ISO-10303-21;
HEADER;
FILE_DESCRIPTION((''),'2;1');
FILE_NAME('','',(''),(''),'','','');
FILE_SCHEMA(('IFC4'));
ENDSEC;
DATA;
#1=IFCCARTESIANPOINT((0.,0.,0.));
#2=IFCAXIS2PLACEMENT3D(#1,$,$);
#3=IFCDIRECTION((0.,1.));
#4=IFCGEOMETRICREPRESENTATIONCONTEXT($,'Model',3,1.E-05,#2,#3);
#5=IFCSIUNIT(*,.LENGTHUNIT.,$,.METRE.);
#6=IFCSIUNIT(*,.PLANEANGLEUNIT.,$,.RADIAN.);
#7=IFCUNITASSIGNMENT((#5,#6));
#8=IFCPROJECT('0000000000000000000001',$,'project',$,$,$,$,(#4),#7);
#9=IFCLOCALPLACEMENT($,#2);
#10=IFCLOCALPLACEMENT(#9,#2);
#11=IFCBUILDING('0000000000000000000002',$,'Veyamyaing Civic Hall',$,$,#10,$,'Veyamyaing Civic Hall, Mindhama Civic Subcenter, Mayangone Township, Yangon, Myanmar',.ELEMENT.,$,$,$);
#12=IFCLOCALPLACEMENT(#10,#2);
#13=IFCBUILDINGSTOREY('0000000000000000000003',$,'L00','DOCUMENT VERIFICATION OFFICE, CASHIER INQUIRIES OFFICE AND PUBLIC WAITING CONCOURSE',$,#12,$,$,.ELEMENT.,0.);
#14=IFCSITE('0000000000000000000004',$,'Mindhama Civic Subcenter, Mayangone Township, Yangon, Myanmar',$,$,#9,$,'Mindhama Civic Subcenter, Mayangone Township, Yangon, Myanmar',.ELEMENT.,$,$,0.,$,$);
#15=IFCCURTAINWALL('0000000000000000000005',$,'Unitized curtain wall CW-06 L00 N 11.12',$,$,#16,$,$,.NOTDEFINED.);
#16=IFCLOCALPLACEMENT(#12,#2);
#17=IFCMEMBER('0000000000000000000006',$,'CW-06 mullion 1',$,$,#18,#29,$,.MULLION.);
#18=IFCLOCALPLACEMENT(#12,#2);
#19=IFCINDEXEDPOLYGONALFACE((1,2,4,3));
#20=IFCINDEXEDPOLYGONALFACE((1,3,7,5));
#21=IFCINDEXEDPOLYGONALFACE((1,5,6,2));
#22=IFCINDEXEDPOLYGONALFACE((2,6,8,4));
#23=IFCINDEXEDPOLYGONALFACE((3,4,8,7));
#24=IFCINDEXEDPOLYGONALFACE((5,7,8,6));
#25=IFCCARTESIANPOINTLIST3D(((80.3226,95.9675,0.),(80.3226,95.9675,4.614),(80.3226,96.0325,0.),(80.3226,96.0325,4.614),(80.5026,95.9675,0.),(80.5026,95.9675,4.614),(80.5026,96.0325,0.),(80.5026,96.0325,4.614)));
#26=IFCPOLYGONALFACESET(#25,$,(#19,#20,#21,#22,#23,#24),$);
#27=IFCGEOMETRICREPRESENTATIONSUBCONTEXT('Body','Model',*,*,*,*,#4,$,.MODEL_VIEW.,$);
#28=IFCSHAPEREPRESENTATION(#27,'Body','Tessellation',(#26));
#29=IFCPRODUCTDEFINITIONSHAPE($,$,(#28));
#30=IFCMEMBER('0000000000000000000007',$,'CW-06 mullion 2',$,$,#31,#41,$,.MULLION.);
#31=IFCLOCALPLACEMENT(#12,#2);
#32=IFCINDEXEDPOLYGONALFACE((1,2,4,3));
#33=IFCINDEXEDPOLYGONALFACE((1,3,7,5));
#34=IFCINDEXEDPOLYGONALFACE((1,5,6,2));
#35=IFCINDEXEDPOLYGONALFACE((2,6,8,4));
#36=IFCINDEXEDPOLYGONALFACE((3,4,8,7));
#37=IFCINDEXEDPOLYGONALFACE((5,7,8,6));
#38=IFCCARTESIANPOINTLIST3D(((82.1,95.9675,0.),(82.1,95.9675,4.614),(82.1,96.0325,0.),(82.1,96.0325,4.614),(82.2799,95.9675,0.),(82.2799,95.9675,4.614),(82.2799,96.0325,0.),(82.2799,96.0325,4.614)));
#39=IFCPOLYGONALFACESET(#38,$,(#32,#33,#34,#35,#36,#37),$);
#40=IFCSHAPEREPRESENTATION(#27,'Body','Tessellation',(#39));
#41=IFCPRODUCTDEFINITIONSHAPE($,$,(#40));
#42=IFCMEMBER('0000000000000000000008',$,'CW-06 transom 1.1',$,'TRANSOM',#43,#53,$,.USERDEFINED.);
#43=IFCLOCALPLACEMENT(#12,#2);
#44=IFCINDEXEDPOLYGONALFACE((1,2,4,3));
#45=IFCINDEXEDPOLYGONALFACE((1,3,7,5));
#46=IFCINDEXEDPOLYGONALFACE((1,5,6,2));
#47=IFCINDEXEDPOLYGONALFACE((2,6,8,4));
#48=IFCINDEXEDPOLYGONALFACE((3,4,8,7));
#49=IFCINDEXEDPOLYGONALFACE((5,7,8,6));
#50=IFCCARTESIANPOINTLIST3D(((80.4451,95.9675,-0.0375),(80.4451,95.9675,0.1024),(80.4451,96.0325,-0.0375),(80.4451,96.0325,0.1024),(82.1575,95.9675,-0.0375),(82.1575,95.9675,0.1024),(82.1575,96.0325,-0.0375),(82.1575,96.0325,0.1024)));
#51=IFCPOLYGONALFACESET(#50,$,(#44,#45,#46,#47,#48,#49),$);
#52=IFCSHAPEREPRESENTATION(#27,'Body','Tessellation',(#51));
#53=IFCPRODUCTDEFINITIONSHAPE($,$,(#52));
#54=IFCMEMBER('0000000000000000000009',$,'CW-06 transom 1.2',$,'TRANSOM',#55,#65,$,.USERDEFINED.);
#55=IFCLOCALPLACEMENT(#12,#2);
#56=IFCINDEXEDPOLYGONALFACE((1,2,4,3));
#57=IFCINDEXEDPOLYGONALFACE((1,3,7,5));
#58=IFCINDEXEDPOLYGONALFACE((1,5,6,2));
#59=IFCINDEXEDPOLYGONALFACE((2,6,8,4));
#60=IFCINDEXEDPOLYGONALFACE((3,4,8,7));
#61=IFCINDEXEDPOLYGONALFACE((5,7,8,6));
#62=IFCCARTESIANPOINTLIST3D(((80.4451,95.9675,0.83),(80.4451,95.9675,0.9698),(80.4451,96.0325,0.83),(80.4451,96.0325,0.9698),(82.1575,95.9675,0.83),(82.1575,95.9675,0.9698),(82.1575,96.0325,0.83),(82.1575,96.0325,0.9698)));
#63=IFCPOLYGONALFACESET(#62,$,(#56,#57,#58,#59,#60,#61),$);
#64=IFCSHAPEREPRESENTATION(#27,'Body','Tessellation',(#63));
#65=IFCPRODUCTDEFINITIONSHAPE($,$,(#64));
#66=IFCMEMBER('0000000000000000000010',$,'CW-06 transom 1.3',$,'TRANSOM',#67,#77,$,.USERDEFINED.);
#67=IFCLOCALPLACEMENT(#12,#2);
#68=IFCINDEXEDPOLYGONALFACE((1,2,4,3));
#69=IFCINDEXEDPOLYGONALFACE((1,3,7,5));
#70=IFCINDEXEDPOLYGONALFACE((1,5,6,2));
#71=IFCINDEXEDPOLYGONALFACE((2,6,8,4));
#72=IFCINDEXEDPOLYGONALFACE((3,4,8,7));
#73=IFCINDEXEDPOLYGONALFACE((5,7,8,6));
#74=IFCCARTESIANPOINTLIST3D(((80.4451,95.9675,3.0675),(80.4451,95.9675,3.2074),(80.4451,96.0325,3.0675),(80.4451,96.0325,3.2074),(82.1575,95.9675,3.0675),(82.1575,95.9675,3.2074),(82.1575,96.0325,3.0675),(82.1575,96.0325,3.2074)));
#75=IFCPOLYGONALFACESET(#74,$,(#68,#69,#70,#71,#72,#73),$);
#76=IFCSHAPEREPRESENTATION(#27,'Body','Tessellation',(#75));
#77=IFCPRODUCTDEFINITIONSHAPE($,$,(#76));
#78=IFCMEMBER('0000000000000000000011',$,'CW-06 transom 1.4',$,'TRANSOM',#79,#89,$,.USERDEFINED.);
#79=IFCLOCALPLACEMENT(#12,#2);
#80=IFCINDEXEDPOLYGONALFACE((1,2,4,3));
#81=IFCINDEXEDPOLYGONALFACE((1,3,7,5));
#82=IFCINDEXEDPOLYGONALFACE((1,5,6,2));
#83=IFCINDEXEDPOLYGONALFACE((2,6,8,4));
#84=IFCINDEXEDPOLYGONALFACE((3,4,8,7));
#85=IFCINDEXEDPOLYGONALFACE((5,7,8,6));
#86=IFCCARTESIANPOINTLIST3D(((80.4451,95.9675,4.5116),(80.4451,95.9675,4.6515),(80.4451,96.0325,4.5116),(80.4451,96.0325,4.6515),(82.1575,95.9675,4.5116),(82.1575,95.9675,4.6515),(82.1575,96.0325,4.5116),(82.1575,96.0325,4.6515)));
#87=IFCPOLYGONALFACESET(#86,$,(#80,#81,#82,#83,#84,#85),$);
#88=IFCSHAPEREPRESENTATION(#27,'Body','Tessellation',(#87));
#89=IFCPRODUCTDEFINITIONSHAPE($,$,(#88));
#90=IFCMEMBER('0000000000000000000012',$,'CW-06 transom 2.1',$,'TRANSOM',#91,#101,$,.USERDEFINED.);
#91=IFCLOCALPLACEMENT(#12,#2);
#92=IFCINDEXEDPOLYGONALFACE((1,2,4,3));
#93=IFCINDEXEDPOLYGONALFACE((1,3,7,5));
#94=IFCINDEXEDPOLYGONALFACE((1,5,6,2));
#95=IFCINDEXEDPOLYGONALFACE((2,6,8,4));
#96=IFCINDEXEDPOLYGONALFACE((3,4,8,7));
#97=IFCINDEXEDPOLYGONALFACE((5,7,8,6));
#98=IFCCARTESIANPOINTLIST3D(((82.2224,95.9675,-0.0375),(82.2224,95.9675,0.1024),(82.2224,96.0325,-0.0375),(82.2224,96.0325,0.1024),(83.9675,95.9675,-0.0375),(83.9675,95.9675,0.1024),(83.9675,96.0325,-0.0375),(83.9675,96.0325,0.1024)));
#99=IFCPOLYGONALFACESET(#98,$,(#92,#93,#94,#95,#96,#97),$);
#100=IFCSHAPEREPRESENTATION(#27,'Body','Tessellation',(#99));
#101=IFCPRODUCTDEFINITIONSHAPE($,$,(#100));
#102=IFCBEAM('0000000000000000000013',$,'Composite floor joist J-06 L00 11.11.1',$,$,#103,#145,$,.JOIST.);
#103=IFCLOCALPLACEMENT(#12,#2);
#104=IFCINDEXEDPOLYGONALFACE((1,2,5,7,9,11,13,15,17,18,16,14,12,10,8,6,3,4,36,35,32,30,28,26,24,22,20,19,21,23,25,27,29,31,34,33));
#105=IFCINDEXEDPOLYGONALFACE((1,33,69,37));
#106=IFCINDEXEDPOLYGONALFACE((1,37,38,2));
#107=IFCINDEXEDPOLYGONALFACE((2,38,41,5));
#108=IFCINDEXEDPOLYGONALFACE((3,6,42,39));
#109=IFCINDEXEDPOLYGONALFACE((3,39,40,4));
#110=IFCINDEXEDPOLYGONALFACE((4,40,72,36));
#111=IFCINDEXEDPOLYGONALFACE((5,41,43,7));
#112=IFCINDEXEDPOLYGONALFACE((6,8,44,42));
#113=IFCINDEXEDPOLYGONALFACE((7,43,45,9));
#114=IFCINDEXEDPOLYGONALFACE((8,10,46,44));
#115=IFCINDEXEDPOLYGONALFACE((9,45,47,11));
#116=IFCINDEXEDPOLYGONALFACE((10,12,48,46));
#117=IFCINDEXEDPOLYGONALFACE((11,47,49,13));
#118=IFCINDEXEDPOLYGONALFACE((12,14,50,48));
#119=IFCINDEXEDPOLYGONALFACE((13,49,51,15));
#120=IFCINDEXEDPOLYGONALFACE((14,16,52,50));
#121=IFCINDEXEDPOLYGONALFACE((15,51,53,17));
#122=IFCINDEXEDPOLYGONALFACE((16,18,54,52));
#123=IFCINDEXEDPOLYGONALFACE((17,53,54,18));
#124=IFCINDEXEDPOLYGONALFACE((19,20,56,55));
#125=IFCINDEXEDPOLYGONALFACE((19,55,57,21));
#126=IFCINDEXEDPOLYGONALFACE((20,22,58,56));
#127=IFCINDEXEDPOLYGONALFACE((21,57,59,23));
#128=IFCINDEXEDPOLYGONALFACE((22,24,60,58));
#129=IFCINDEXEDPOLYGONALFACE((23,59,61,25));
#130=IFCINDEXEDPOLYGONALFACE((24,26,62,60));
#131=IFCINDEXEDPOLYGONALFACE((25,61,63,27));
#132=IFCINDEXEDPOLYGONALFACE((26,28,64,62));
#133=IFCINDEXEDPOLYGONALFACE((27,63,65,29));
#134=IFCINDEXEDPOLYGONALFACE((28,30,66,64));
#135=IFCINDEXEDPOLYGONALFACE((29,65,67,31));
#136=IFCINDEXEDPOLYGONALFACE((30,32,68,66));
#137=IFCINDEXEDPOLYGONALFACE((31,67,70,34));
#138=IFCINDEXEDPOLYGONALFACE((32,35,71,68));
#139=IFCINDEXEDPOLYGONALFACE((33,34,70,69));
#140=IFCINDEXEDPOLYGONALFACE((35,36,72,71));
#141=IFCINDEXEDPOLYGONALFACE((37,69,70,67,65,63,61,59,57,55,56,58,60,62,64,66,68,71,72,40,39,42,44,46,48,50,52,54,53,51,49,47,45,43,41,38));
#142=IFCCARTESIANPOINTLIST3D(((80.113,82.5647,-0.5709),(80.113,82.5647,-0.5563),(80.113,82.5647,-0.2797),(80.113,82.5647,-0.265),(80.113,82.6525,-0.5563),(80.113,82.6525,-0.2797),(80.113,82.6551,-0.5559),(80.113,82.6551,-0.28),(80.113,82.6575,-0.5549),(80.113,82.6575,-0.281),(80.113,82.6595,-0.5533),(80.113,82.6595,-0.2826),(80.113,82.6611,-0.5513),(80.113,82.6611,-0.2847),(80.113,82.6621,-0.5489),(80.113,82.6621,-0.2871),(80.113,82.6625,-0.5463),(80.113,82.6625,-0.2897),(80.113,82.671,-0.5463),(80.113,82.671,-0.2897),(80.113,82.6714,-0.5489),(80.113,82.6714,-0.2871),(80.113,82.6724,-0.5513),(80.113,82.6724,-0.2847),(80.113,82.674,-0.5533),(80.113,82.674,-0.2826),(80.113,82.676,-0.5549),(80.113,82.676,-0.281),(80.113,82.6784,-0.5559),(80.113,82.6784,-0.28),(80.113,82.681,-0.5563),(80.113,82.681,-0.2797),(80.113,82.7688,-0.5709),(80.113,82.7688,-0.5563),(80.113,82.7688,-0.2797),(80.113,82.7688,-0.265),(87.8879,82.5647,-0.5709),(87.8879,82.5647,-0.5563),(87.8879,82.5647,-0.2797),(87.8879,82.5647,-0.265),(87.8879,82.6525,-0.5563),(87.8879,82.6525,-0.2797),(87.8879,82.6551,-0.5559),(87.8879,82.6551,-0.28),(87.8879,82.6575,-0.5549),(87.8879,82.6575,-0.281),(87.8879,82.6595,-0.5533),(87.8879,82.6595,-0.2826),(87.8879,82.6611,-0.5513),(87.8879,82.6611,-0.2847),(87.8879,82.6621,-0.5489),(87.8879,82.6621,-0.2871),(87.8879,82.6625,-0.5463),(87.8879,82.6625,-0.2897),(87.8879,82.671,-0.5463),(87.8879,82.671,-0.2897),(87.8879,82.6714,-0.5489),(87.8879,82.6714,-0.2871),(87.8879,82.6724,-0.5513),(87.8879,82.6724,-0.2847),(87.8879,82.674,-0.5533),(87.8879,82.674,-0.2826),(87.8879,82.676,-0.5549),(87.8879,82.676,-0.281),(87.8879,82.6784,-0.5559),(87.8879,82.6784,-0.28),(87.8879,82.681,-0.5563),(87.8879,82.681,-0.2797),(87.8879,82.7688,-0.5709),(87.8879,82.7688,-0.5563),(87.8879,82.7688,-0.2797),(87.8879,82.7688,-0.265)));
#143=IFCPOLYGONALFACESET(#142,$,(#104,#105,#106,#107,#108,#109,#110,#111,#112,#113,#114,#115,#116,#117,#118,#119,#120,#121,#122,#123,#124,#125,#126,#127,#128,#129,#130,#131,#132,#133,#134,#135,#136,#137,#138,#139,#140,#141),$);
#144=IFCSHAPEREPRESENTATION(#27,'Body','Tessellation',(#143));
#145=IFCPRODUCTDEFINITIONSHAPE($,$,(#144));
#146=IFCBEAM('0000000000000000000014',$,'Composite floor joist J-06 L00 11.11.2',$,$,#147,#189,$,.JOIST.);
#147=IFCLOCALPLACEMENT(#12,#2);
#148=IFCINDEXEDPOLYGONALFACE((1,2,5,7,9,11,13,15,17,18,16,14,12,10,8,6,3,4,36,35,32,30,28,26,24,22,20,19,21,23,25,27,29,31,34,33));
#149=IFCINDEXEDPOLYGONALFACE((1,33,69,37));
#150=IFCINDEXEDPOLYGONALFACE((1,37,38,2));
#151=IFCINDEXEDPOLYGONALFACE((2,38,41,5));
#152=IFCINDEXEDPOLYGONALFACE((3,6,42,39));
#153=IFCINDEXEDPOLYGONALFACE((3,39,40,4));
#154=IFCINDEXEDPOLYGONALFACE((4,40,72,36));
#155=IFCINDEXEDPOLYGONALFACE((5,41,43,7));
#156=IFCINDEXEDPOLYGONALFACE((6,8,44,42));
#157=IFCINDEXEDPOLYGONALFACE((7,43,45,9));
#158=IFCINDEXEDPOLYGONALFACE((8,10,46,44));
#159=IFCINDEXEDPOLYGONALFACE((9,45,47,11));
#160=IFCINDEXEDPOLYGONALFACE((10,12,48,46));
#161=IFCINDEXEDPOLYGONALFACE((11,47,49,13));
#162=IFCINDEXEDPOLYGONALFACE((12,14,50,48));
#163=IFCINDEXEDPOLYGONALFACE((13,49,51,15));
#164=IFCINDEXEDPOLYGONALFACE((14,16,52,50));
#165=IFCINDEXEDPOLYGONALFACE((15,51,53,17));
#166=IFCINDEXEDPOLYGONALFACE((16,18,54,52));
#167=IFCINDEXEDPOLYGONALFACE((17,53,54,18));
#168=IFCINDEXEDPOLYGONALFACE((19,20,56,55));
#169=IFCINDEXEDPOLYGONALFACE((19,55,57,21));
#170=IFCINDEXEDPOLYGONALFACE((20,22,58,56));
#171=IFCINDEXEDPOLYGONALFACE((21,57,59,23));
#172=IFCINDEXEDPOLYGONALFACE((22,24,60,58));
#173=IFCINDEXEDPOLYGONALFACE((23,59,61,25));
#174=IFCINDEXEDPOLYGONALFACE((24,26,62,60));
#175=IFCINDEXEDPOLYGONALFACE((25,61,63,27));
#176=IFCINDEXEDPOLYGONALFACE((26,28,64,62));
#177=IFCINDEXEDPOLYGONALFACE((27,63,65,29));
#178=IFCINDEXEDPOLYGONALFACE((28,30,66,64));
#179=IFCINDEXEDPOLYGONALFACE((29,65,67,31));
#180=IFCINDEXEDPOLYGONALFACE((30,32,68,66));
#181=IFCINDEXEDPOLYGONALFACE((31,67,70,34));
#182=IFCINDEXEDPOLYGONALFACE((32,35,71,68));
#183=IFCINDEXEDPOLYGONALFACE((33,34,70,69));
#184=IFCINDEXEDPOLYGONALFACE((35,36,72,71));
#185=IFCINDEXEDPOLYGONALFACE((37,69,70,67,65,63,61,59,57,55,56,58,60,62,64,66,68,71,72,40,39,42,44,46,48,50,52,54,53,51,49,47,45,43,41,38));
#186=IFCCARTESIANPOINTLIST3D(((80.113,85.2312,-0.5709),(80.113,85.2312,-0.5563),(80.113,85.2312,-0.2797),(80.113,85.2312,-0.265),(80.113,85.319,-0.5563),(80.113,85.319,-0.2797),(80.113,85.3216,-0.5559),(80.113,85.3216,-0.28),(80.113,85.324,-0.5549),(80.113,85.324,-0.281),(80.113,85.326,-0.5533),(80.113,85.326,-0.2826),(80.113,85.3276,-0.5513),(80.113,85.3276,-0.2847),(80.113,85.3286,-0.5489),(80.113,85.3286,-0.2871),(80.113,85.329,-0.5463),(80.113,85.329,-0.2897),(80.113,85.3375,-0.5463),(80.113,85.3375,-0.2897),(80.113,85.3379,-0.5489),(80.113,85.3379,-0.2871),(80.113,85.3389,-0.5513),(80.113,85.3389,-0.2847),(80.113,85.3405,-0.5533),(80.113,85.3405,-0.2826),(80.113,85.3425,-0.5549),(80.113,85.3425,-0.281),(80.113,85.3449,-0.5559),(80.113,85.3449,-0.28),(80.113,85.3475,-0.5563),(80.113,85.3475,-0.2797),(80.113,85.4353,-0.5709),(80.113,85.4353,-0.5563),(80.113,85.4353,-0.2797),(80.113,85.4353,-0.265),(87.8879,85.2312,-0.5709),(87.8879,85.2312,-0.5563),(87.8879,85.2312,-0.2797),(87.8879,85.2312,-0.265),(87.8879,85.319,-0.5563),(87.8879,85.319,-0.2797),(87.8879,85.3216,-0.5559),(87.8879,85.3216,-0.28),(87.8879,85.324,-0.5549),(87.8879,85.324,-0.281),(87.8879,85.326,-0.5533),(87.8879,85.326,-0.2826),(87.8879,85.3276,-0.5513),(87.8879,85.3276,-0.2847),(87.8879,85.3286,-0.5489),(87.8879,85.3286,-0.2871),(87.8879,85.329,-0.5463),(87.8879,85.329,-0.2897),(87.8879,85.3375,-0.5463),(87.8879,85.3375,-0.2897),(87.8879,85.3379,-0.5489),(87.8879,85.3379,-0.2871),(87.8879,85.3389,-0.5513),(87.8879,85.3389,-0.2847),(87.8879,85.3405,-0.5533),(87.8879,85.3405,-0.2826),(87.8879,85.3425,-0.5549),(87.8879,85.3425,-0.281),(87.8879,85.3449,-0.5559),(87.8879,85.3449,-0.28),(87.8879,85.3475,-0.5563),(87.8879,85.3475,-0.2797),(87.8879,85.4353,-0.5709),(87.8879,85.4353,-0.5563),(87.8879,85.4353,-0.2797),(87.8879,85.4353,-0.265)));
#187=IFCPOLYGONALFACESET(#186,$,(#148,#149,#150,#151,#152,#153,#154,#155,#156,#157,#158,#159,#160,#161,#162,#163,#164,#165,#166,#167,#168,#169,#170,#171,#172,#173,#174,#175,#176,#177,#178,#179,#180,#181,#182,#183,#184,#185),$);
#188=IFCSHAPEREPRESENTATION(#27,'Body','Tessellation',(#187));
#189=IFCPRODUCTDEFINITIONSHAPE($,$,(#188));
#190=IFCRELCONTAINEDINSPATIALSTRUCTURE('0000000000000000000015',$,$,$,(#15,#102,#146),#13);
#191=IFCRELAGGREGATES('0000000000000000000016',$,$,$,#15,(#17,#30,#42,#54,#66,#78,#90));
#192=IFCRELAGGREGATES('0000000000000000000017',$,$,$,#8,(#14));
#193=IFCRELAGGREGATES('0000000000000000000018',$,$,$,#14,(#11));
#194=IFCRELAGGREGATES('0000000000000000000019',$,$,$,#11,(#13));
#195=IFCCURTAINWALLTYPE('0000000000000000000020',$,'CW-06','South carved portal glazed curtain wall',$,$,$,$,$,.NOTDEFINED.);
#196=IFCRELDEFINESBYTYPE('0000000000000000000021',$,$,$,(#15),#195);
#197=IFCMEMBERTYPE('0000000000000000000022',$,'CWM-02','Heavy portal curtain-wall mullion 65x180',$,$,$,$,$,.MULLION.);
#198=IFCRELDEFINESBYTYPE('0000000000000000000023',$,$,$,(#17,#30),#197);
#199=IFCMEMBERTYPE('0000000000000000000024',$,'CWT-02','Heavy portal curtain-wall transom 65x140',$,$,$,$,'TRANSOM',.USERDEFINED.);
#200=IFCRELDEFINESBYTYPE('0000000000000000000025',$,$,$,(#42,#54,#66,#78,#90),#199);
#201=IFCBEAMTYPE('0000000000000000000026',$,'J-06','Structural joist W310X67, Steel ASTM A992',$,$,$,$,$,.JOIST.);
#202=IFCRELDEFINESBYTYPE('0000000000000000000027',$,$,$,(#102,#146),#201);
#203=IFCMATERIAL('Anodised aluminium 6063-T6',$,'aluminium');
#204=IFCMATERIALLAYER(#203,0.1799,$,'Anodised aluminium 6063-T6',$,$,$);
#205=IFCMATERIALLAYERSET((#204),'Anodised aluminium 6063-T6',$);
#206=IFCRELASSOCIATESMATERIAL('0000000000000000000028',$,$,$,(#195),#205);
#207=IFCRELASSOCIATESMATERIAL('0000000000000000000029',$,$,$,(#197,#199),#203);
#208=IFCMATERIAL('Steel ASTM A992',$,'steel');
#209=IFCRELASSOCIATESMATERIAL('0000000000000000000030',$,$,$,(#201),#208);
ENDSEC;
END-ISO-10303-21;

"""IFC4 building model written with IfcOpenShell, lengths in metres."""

from ifc_helpers import new_model, si_unit, direction, frame, origin, origin_2d, place, context, subcontext, project, spatial, rectangle, i_section, extrude, material, layer, layer_set, material_profile, profile_set, type_object, element, aggregate, save


model = new_model("IFC4")

# Units and contexts
model_context = context("Model", 3, precision=1e-05, world=origin(), true_north=direction((0.0, 1.0)))
body_context = subcontext(model_context, "Body", "Model", "MODEL_VIEW")
ifc_project = project(units=[si_unit("LENGTHUNIT", "METRE"), si_unit("PLANEANGLEUNIT", "RADIAN")], contexts=[model_context])

# Site, building, storey
site_placement = place(None, origin())
site = spatial("IfcSite", under=ifc_project, at=site_placement, Name="Mindhama Civic Subcenter, Mayangone Township, Yangon, Myanmar", LongName="Mindhama Civic Subcenter, Mayangone Township, Yangon, Myanmar", CompositionType="ELEMENT", RefElevation=0.0)
building_placement = place(site_placement, origin())
building = spatial("IfcBuilding", under=site, at=building_placement, Name="Veyamyaing Civic Hall", LongName="Veyamyaing Civic Hall, Mindhama Civic Subcenter, Mayangone Township, Yangon, Myanmar", CompositionType="ELEMENT")
storey_placement = place(building_placement, origin())
storey = spatial("IfcBuildingStorey", under=building, at=storey_placement, Name="L00", Description="DOCUMENT VERIFICATION OFFICE, CASHIER INQUIRIES OFFICE AND PUBLIC WAITING CONCOURSE", CompositionType="ELEMENT", Elevation=0.0)

# Shared definitions
ifc_material_1 = material(Name="Steel ASTM A992", Category="steel")

# Curtain wall, members
ifc_material_2 = material(Name="Anodised aluminium 6063-T6", Category="aluminium")
ifc_layer_1 = layer(ifc_material_2, 0.1799, Name="Anodised aluminium 6063-T6")
ifc_layer_set_1 = layer_set([ifc_layer_1], Name="Anodised aluminium 6063-T6")
curtain_wall_type = type_object("IfcCurtainWallType", Name="CW-06", Description="South carved portal glazed curtain wall", PredefinedType="NOTDEFINED", material=ifc_layer_set_1)
curtain_wall_placement = place(storey_placement, origin())
curtain_wall = element("IfcCurtainWall", 1, at=curtain_wall_placement, inside=storey, type_object=curtain_wall_type, Name="Unitized curtain wall CW-06 L00 N 11.12", PredefinedType="NOTDEFINED")
ifc_material_profile_1 = material_profile(ifc_material_2, rectangle(XDim=0.0649, YDim=0.1799, at=origin_2d()), Name="ALU-MUL-65X180")
ifc_profile_set_1 = profile_set([ifc_material_profile_1], Name="Anodised aluminium 6063-T6")
member_type_1 = type_object("IfcMemberType", Name="CWM-02", Description="Heavy portal curtain-wall mullion 65x180", PredefinedType="MULLION", material=ifc_profile_set_1)
member_1_placement = place(storey_placement, frame((80.4126, 96.0, 0.0), z_axis=(0.0, 0.0, 1.0), x_axis=(0.0, 1.0, 0.0)))
member_1 = element("IfcMember", 2, at=member_1_placement, type_object=member_type_1, Name="CW-06 mullion 1", PredefinedType="MULLION", context=body_context, shape_type="SweptSolid", body=[
    extrude(rectangle(XDim=0.0649, YDim=0.1799, at=origin_2d()), origin(), (0.0, 0.0, 1.0), 4.614),
])
member_2_placement = place(storey_placement, frame((82.1899, 96.0, 0.0), z_axis=(0.0, 0.0, 1.0), x_axis=(0.0, 1.0, 0.0)))
member_2 = element("IfcMember", 3, at=member_2_placement, type_object=member_type_1, Name="CW-06 mullion 2", PredefinedType="MULLION", context=body_context, shape_type="SweptSolid", body=[
    extrude(rectangle(XDim=0.0649, YDim=0.1799, at=origin_2d()), origin(), (0.0, 0.0, 1.0), 4.614),
])
ifc_material_profile_2 = material_profile(ifc_material_2, rectangle(XDim=0.0649, YDim=0.1399, at=origin_2d()), Name="ALU-TRN-65X140")
ifc_profile_set_2 = profile_set([ifc_material_profile_2], Name="Anodised aluminium 6063-T6")
member_type_2 = type_object("IfcMemberType", Name="CWT-02", Description="Heavy portal curtain-wall transom 65x140", ElementType="TRANSOM", PredefinedType="USERDEFINED", material=ifc_profile_set_2)
member_3_placement = place(storey_placement, frame((80.4451, 96.0, 0.0325), z_axis=(1.0, 0.0, 0.0), x_axis=(0.0, 1.0, 0.0)))
member_3 = element("IfcMember", 4, at=member_3_placement, type_object=member_type_2, Name="CW-06 transom 1.1", ObjectType="TRANSOM", PredefinedType="USERDEFINED", context=body_context, shape_type="SweptSolid", body=[
    extrude(rectangle(XDim=0.0649, YDim=0.1399, at=origin_2d()), origin(), (0.0, 0.0, 1.0), 1.7124),
])
member_4_placement = place(storey_placement, frame((80.4451, 96.0, 0.8999), z_axis=(1.0, 0.0, 0.0), x_axis=(0.0, 1.0, 0.0)))
member_4 = element("IfcMember", 5, at=member_4_placement, type_object=member_type_2, Name="CW-06 transom 1.2", ObjectType="TRANSOM", PredefinedType="USERDEFINED", context=body_context, shape_type="SweptSolid", body=[
    extrude(rectangle(XDim=0.0649, YDim=0.1399, at=origin_2d()), origin(), (0.0, 0.0, 1.0), 1.7124),
])
member_5_placement = place(storey_placement, frame((80.4451, 96.0, 3.1375), z_axis=(1.0, 0.0, 0.0), x_axis=(0.0, 1.0, 0.0)))
member_5 = element("IfcMember", 6, at=member_5_placement, type_object=member_type_2, Name="CW-06 transom 1.3", ObjectType="TRANSOM", PredefinedType="USERDEFINED", context=body_context, shape_type="SweptSolid", body=[
    extrude(rectangle(XDim=0.0649, YDim=0.1399, at=origin_2d()), origin(), (0.0, 0.0, 1.0), 1.7124),
])
member_6_placement = place(storey_placement, frame((80.4451, 96.0, 4.5815), z_axis=(1.0, 0.0, 0.0), x_axis=(0.0, 1.0, 0.0)))
member_6 = element("IfcMember", 7, at=member_6_placement, type_object=member_type_2, Name="CW-06 transom 1.4", ObjectType="TRANSOM", PredefinedType="USERDEFINED", context=body_context, shape_type="SweptSolid", body=[
    extrude(rectangle(XDim=0.0649, YDim=0.1399, at=origin_2d()), origin(), (0.0, 0.0, 1.0), 1.7124),
])
member_7_placement = place(storey_placement, frame((82.2224, 96.0, 0.0325), z_axis=(1.0, 0.0, 0.0), x_axis=(0.0, 1.0, 0.0)))
member_7 = element("IfcMember", 8, at=member_7_placement, type_object=member_type_2, Name="CW-06 transom 2.1", ObjectType="TRANSOM", PredefinedType="USERDEFINED", context=body_context, shape_type="SweptSolid", body=[
    extrude(rectangle(XDim=0.0649, YDim=0.1399, at=origin_2d()), origin(), (0.0, 0.0, 1.0), 1.7451),
])

# Beams
ifc_material_profile_3 = material_profile(ifc_material_1, i_section(OverallWidth=0.2041, OverallDepth=0.3059, WebThickness=0.0085, FlangeThickness=0.0146, FilletRadius=0.01, at=origin_2d()), Name="W310X67")
ifc_profile_set_3 = profile_set([ifc_material_profile_3], Name="Steel ASTM A992")
beam_type_1 = type_object("IfcBeamType", Name="J-06", Description="Structural joist W310X67, Steel ASTM A992", PredefinedType="JOIST", material=ifc_profile_set_3)
for number, where, z_axis, x_axis, name in (
    (9, (80.113, 82.6667, -0.418), (1.0, 0.0, 0.0), (0.0, 1.0, 0.0), "Composite floor joist J-06 L00 11.11.1"),
    (10, (80.113, 85.3333, -0.418), (1.0, 0.0, 0.0), (0.0, 1.0, 0.0), "Composite floor joist J-06 L00 11.11.2"),
):
    element("IfcBeam", number, at=place(storey_placement, frame(where, z_axis=z_axis, x_axis=x_axis)), inside=storey, type_object=beam_type_1, Name=name, PredefinedType="JOIST", context=body_context, shape_type="SweptSolid", body=[
        extrude(i_section(OverallWidth=0.2041, OverallDepth=0.3059, WebThickness=0.0085, FlangeThickness=0.0146, FilletRadius=0.01, at=origin_2d()), origin(), (0.0, 0.0, 1.0), 7.7749),
    ])

aggregate(curtain_wall, [member_1, member_2, member_3, member_4, member_5, member_6, member_7])

save(model, "model.ifc")
